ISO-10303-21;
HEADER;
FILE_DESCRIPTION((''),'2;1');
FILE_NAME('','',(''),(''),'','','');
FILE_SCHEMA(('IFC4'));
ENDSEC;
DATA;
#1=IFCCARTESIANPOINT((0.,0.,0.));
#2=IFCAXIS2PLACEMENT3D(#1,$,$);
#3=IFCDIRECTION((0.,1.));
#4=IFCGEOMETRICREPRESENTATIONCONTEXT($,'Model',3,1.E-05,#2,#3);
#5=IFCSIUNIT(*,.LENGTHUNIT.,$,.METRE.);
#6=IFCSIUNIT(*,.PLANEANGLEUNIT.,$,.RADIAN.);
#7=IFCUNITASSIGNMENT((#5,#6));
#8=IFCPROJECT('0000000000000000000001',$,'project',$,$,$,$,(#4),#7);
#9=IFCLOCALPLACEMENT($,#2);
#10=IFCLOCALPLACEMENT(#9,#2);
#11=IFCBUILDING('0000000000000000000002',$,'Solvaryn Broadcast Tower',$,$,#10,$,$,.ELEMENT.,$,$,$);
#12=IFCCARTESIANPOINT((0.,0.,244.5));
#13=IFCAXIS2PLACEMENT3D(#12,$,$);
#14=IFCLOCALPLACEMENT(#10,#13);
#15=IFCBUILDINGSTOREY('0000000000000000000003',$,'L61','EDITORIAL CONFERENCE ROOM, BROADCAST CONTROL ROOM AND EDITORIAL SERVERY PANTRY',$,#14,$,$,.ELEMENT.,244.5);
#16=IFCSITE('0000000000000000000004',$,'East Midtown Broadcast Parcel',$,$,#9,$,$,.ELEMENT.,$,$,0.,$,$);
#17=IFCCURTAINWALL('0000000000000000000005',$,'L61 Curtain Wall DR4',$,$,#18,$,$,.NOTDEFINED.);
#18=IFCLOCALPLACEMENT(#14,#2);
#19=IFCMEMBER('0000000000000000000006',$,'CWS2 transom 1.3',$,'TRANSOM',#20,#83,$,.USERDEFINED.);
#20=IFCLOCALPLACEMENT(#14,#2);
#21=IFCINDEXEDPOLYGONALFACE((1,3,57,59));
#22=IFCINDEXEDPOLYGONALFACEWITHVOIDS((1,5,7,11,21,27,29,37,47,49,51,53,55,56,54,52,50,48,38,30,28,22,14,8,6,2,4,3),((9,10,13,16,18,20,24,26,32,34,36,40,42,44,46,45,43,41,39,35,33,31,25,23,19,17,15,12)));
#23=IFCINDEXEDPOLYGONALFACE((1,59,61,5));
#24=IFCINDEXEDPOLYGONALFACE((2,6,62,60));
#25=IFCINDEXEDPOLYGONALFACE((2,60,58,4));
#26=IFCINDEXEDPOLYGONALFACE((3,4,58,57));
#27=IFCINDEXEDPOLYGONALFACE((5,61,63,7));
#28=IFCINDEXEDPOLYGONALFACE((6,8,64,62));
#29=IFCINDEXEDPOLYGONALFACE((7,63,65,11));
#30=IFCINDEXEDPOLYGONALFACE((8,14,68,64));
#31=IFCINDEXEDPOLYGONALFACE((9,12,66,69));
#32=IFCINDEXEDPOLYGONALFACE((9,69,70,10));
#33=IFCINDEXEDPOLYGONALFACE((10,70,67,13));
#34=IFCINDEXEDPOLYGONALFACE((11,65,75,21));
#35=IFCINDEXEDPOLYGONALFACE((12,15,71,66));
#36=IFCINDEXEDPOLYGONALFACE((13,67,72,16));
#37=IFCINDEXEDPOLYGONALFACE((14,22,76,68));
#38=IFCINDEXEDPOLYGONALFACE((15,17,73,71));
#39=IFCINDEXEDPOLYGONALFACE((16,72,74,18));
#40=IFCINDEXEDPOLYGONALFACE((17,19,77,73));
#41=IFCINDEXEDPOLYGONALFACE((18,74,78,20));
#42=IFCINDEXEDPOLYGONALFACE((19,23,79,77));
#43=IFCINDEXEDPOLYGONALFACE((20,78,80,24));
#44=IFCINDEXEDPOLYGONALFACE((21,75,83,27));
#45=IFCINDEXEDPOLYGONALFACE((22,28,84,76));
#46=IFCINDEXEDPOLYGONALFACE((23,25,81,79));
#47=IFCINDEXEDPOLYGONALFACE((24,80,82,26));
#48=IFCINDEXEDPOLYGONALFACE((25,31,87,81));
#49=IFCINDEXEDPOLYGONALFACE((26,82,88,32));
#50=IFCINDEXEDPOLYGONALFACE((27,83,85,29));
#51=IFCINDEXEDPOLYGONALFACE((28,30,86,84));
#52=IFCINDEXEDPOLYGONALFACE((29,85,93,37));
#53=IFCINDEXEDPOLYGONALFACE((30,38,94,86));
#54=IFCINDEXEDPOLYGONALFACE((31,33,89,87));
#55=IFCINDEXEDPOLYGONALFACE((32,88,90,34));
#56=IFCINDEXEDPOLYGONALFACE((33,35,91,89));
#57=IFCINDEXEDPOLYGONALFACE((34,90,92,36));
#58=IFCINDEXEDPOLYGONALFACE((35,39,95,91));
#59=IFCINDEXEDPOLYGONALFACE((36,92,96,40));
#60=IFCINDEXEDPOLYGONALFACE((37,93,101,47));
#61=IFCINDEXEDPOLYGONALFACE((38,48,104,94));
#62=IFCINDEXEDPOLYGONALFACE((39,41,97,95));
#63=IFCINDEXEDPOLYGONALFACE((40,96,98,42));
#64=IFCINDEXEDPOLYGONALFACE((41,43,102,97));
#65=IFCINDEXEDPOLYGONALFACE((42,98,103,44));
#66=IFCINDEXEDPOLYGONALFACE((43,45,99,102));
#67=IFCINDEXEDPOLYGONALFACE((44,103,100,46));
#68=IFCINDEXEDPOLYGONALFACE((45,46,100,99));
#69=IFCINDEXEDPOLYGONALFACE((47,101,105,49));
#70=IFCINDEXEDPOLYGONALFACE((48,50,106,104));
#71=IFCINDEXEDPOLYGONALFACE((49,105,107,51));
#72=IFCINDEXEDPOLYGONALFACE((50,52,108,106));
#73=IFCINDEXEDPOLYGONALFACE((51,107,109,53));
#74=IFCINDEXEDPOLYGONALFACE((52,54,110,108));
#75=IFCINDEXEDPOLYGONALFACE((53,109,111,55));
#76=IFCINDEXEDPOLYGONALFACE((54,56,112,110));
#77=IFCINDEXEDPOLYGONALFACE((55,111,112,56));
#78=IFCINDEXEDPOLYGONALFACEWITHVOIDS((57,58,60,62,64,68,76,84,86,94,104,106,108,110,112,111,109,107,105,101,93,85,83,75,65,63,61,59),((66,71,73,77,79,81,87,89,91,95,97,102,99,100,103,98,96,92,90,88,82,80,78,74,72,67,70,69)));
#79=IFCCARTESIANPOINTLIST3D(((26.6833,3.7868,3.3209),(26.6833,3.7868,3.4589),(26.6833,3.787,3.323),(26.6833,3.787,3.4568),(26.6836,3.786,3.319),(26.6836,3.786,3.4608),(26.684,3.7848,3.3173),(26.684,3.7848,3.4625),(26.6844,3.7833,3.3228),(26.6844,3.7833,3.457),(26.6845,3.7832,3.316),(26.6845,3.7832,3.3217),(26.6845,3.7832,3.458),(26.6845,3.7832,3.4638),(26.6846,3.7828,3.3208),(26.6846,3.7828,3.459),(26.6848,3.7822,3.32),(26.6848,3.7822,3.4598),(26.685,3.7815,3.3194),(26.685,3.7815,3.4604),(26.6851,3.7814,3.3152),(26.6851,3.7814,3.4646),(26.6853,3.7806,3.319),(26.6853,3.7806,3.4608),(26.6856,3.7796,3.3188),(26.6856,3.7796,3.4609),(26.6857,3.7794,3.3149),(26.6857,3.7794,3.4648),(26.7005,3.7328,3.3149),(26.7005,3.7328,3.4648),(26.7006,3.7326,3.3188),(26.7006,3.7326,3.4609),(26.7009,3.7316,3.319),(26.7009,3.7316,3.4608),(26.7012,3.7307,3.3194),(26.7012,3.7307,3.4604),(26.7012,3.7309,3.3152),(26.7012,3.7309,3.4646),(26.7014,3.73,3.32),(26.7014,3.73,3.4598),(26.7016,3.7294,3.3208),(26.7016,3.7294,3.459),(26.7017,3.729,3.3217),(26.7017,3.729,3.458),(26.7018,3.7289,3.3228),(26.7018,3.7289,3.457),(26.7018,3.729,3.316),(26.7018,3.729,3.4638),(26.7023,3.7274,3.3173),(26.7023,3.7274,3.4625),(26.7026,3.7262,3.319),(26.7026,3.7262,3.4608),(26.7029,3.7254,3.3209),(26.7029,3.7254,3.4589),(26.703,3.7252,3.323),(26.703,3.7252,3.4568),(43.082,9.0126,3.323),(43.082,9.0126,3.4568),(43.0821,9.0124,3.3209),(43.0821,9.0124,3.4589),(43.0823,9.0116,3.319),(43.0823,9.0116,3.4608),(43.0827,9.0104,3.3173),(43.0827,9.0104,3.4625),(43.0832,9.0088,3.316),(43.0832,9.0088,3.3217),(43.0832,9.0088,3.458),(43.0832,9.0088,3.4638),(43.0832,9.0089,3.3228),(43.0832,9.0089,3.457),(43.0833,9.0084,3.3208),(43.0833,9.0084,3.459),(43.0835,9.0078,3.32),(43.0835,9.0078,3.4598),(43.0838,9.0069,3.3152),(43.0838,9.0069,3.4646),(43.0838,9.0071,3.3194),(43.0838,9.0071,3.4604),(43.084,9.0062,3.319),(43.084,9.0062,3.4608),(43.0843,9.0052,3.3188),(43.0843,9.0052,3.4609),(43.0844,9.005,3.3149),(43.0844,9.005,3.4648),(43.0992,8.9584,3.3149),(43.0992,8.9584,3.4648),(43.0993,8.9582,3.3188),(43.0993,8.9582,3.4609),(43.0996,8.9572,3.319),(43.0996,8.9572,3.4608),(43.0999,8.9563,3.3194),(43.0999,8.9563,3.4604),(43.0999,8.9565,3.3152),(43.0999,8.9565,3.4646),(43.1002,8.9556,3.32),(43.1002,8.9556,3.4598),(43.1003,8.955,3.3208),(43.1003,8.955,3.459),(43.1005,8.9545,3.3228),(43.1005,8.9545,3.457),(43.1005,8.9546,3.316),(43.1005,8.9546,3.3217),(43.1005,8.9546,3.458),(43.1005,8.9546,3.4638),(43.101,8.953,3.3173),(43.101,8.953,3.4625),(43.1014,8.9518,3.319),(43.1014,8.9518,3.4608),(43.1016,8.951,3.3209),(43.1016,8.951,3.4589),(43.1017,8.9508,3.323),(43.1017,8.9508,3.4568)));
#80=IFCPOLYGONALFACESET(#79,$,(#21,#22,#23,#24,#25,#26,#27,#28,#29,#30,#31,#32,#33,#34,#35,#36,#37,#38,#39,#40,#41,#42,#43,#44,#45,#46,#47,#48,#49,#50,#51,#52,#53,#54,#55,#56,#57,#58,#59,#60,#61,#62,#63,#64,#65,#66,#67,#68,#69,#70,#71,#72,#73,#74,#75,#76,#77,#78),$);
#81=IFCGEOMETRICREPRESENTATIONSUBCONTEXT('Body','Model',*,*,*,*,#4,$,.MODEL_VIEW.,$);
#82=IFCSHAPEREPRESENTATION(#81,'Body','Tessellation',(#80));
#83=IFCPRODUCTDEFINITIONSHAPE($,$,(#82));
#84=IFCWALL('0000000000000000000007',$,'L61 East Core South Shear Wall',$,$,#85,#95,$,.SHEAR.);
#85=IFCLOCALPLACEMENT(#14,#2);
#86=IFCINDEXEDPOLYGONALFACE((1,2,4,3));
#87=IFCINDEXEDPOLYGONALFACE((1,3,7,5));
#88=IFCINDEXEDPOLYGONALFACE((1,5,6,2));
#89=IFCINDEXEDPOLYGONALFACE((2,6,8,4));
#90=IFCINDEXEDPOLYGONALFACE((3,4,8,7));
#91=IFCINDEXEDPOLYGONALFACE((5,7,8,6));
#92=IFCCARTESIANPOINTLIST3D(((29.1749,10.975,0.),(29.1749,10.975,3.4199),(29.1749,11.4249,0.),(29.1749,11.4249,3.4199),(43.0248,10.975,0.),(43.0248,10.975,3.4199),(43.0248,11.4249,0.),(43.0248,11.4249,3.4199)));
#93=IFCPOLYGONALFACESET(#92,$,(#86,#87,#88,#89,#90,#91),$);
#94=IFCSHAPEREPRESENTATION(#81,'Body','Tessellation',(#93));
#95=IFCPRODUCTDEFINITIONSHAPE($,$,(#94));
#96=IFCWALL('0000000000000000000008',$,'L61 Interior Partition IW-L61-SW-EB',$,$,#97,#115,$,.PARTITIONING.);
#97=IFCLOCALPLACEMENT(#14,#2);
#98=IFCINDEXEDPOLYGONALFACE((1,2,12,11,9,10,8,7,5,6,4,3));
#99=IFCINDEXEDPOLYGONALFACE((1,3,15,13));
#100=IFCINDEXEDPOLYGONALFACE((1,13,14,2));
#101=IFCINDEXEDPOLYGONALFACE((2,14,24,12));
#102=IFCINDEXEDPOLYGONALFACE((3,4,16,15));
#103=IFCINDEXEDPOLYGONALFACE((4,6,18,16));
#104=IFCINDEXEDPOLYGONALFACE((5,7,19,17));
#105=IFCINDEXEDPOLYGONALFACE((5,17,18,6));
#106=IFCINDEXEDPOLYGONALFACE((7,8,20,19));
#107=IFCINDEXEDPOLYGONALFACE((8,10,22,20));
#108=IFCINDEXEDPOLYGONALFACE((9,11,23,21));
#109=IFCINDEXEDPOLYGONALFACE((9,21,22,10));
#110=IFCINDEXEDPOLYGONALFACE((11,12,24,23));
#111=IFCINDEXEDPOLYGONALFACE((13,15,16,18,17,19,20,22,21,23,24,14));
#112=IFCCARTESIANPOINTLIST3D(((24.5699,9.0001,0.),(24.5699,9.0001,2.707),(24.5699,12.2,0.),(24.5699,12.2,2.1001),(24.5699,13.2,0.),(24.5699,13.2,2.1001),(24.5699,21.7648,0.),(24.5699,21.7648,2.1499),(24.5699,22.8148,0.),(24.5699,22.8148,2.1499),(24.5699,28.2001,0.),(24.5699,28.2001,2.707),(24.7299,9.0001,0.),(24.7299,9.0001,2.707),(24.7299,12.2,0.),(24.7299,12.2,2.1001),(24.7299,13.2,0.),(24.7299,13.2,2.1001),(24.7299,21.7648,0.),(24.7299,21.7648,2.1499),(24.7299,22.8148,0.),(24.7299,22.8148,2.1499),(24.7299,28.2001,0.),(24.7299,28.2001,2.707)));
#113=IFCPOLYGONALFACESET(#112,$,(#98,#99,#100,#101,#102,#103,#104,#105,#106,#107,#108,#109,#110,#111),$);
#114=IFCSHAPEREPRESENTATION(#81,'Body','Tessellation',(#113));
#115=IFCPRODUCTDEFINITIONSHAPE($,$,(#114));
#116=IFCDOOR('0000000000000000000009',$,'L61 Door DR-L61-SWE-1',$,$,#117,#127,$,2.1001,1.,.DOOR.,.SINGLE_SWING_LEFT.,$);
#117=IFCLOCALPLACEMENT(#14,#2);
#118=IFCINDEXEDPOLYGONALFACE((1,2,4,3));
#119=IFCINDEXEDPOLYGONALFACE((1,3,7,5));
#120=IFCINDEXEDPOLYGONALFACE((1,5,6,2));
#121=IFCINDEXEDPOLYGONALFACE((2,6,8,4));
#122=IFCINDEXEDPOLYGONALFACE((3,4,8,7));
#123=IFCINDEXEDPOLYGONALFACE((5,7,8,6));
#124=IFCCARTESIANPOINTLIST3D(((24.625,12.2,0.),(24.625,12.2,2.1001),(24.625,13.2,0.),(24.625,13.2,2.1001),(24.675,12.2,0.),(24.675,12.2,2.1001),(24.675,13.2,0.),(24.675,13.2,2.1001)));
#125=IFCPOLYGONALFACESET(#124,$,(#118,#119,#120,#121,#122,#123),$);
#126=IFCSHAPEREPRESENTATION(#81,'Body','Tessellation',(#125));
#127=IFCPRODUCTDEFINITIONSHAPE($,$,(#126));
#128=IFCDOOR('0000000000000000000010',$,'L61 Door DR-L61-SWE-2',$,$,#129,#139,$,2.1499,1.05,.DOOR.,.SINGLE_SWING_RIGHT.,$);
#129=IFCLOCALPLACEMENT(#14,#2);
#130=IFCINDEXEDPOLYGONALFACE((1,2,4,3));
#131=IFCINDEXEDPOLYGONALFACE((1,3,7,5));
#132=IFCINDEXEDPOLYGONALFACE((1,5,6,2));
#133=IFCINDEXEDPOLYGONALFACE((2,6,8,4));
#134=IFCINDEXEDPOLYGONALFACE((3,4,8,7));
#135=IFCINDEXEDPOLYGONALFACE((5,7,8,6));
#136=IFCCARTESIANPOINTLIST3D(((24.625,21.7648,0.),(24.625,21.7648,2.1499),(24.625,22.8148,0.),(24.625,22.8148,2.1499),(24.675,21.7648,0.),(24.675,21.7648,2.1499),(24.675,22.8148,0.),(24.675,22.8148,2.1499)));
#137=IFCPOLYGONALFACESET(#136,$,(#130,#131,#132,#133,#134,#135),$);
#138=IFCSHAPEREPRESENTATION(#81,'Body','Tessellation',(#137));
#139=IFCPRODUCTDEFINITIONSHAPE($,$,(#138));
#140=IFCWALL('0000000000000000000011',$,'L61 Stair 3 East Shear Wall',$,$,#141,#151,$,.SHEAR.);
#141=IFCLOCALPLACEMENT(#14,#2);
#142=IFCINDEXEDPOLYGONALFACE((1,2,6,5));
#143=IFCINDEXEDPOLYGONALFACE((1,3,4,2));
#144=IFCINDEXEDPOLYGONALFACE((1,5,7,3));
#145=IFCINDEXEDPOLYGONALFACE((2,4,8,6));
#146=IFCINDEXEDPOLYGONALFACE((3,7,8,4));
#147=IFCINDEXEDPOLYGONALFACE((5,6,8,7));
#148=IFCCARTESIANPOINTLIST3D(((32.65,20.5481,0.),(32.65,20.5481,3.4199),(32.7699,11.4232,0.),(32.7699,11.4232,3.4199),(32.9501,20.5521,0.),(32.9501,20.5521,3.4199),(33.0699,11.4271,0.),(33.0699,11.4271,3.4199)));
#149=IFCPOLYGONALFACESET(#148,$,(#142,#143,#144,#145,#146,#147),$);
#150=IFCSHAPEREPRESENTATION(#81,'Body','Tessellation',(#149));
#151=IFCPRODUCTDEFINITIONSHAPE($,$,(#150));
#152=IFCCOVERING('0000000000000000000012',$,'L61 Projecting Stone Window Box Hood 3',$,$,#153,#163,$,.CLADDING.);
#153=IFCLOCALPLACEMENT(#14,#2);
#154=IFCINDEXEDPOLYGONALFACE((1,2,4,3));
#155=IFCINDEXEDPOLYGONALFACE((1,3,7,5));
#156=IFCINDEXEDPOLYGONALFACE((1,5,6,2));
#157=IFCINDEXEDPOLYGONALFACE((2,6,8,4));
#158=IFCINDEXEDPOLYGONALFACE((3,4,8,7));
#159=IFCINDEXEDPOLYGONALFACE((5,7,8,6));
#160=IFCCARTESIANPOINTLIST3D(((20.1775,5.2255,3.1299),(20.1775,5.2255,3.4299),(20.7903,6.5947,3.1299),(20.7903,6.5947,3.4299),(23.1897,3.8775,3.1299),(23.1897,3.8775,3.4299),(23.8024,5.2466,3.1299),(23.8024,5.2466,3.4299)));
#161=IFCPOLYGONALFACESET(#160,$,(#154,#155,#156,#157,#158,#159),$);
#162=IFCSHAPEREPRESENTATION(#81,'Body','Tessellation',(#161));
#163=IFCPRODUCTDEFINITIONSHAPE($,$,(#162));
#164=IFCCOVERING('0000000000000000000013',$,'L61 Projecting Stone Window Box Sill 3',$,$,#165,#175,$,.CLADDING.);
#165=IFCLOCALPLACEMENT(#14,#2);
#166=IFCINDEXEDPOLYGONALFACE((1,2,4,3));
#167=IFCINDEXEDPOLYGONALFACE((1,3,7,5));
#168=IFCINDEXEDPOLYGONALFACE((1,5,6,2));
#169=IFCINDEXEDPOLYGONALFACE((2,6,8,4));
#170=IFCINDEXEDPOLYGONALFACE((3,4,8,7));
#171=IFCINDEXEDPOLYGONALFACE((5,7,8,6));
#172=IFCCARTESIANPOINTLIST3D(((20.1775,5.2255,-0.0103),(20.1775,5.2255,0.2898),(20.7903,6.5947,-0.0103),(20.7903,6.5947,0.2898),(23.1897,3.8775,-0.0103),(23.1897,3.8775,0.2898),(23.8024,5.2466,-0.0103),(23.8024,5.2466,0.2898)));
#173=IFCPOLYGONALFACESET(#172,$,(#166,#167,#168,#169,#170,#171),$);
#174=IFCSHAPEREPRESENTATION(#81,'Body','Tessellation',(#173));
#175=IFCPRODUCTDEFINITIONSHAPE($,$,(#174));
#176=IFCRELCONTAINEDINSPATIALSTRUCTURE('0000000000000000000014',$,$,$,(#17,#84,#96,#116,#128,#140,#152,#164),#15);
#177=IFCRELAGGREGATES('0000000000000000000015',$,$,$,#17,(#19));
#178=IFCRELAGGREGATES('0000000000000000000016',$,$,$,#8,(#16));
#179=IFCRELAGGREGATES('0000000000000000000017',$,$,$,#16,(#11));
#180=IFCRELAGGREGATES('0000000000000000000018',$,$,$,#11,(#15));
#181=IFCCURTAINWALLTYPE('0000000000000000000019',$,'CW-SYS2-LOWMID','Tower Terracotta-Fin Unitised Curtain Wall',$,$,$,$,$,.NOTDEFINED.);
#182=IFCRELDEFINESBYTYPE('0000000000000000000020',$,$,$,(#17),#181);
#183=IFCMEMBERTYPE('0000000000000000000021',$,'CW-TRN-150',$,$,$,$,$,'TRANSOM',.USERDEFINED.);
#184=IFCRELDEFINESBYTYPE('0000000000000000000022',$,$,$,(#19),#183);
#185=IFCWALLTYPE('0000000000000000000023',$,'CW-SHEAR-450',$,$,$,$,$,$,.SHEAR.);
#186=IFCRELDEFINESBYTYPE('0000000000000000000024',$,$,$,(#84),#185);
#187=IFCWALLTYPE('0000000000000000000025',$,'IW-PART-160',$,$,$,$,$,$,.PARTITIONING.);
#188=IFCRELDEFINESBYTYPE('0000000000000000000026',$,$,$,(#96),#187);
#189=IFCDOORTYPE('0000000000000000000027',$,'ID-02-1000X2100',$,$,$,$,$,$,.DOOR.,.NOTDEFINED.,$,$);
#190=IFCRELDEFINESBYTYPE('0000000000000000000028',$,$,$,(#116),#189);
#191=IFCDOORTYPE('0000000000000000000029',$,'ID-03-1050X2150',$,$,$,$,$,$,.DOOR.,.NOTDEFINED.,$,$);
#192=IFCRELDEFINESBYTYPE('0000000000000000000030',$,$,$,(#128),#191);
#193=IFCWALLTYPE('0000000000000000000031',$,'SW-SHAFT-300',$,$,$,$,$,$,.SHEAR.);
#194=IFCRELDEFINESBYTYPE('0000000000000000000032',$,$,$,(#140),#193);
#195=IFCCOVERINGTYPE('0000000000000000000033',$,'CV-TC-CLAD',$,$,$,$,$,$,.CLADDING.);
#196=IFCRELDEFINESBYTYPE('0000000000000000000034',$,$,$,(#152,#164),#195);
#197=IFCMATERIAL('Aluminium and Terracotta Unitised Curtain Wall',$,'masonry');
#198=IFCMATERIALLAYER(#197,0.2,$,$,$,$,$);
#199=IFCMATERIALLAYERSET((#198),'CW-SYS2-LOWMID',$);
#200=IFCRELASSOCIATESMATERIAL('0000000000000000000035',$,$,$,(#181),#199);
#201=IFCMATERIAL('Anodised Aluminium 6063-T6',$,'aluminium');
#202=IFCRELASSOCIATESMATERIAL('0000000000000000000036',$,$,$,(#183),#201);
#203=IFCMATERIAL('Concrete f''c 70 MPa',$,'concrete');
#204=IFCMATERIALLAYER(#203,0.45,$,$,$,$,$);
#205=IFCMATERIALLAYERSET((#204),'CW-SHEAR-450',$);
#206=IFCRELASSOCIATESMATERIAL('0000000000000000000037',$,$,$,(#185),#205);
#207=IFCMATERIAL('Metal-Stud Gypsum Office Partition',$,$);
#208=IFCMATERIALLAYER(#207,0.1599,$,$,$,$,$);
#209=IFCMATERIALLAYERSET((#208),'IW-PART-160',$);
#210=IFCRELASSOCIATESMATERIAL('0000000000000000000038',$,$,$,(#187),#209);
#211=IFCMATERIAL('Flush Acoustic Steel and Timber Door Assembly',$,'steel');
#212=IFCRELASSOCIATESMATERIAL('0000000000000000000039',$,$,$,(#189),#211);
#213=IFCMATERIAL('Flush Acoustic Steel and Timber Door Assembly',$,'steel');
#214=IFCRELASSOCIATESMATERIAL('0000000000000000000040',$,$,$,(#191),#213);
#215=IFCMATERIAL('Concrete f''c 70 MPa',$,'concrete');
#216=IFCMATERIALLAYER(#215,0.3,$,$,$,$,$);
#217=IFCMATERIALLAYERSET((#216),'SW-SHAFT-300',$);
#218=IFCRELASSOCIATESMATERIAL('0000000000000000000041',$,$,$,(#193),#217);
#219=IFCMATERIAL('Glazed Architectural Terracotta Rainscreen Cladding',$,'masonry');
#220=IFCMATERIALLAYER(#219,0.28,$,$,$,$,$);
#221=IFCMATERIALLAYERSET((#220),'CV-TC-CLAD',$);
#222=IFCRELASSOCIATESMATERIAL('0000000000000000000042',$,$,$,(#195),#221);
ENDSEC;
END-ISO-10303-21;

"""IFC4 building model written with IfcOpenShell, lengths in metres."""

from ifc_helpers import new_model, si_unit, direction, frame, frame_2d, origin, origin_2d, place, context, subcontext, project, spatial, rectangle, hollow_rectangle, extrude, material, layer, layer_set, material_profile, profile_set, type_object, element, fill, aggregate, save


model = new_model("IFC4")

# Units and contexts
model_context = context("Model", 3, precision=1e-05, world=origin(), true_north=direction((0.0, 1.0)))
body_context = subcontext(model_context, "Body", "Model", "MODEL_VIEW")
ifc_project = project(units=[si_unit("LENGTHUNIT", "METRE"), si_unit("PLANEANGLEUNIT", "RADIAN")], contexts=[model_context])

# Site, building, storey
site_placement = place(None, origin())
site = spatial("IfcSite", under=ifc_project, at=site_placement, Name="East Midtown Broadcast Parcel", CompositionType="ELEMENT", RefElevation=0.0)
building_placement = place(site_placement, origin())
building = spatial("IfcBuilding", under=site, at=building_placement, Name="Solvaryn Broadcast Tower", CompositionType="ELEMENT")
storey_placement = place(building_placement, frame((0.0, 0.0, 244.5)))
storey = spatial("IfcBuildingStorey", under=building, at=storey_placement, Name="L61", Description="EDITORIAL CONFERENCE ROOM, BROADCAST CONTROL ROOM AND EDITORIAL SERVERY PANTRY", CompositionType="ELEMENT", Elevation=244.5)

# Shared definitions
ifc_material_1 = material(Name="Aluminium and Terracotta Unitised Curtain Wall", Category="masonry")
ifc_layer_1 = layer(ifc_material_1, 0.2)
ifc_layer_set_1 = layer_set([ifc_layer_1], Name="CW-SYS2-LOWMID")
curtain_wall_type = type_object("IfcCurtainWallType", Name="CW-SYS2-LOWMID", Description="Tower Terracotta-Fin Unitised Curtain Wall", PredefinedType="NOTDEFINED", material=ifc_layer_set_1)

# Curtain wall, member
curtain_wall_1_placement = place(storey_placement, origin())
curtain_wall_1 = element("IfcCurtainWall", 1, at=curtain_wall_1_placement, inside=storey, type_object=curtain_wall_type, Name="L61 Curtain Wall DR4", PredefinedType="NOTDEFINED")
ifc_material_2 = material(Name="Anodised Aluminium 6063-T6", Category="aluminium")
ifc_material_profile_1 = material_profile(ifc_material_2, hollow_rectangle(XDim=0.0649, YDim=0.1499, WallThickness=0.0039, InnerFilletRadius=0.0039, OuterFilletRadius=0.0081, at=origin_2d()))
ifc_profile_set_1 = profile_set([ifc_material_profile_1], Name="Anodised Aluminium 6063-T6")
member_type_1 = type_object("IfcMemberType", Name="CW-TRN-150", ElementType="TRANSOM", PredefinedType="USERDEFINED", material=ifc_profile_set_1)
member_1_placement = place(storey_placement, frame((26.6931, 3.7561, 3.3899), z_axis=(0.952794, 0.303616, 0.0), x_axis=(-0.303616, 0.952794, 0.0)))
member_1 = element("IfcMember", 2, at=member_1_placement, type_object=member_type_1, Name="CWS2 transom 1.3", ObjectType="TRANSOM", PredefinedType="USERDEFINED", context=body_context, shape_type="SweptSolid", body=[
    extrude(hollow_rectangle(XDim=0.0649, YDim=0.1499, WallThickness=0.0039, InnerFilletRadius=0.0039, OuterFilletRadius=0.0081, at=origin_2d()), origin(), (0.0, 0.0, 1.0), 17.2112),
])
aggregate(curtain_wall_1, [member_1])

# Wall
ifc_material_3 = material(Name="Concrete f'c 70 MPa", Category="concrete")
ifc_layer_2 = layer(ifc_material_3, 0.45)
ifc_layer_set_2 = layer_set([ifc_layer_2], Name="CW-SHEAR-450")
wall_type_1 = type_object("IfcWallType", Name="CW-SHEAR-450", PredefinedType="SHEAR", material=ifc_layer_set_2)
wall_1_placement = place(storey_placement, frame((29.175, 11.2, 0.0), z_axis=(0.0, 0.0, 1.0), x_axis=(1.0, 0.0, 0.0)))
element("IfcWall", 3, at=wall_1_placement, inside=storey, type_object=wall_type_1, Name="L61 East Core South Shear Wall", PredefinedType="SHEAR", context=body_context, shape_type="SweptSolid", body=[
    extrude(rectangle(XDim=13.8499, YDim=0.45, at=frame_2d((6.9248, 0.0))), origin(), (0.0, 0.0, 1.0), 3.4199),
])

# Wall, openings, doors
ifc_material_4 = material(Name="Metal-Stud Gypsum Office Partition")
ifc_layer_3 = layer(ifc_material_4, 0.1599)
ifc_layer_set_3 = layer_set([ifc_layer_3], Name="IW-PART-160")
wall_type_2 = type_object("IfcWallType", Name="IW-PART-160", PredefinedType="PARTITIONING", material=ifc_layer_set_3)
wall_2_placement = place(storey_placement, frame((24.6499, 9.0, 0.0), z_axis=(0.0, 0.0, 1.0), x_axis=(0.0, 1.0, 0.0)))
wall_2 = element("IfcWall", 4, at=wall_2_placement, inside=storey, type_object=wall_type_2, Name="L61 Interior Partition IW-L61-SW-EB", PredefinedType="PARTITIONING", context=body_context, shape_type="SweptSolid", body=[
    extrude(rectangle(XDim=19.2, YDim=0.1599, at=frame_2d((9.6001, 0.0))), origin(), (0.0, 0.0, 1.0), 2.707),
])
opening_1_placement = place(wall_2_placement, frame((3.2, 0.0, 0.0)))
opening_1 = element("IfcOpeningElement", 5, at=opening_1_placement, cuts=wall_2, PredefinedType="OPENING", context=body_context, shape_type="SweptSolid", body=[
    extrude(rectangle(XDim=1.0, YDim=2.1001, at=frame_2d((0.5, 1.05))), frame((0.0, 0.0901, 0.0), z_axis=(0.0, -1.0, 0.0), x_axis=(1.0, 0.0, 0.0)), (0.0, 0.0, 1.0), 0.1799),
])
opening_2_placement = place(wall_2_placement, frame((12.7649, 0.0, 0.0)))
opening_2 = element("IfcOpeningElement", 6, at=opening_2_placement, cuts=wall_2, PredefinedType="OPENING", context=body_context, shape_type="SweptSolid", body=[
    extrude(rectangle(XDim=1.05, YDim=2.1499, at=frame_2d((0.5249, 1.075))), frame((0.0, 0.0901, 0.0), z_axis=(0.0, -1.0, 0.0), x_axis=(1.0, 0.0, 0.0)), (0.0, 0.0, 1.0), 0.1799),
])
ifc_material_5 = material(Name="Flush Acoustic Steel and Timber Door Assembly", Category="steel")
door_type_1 = type_object("IfcDoorType", Name="ID-02-1000X2100", OperationType="NOTDEFINED", PredefinedType="DOOR", material=ifc_material_5)
door_1_placement = place(opening_1_placement, origin())
door_1 = element("IfcDoor", 7, at=door_1_placement, inside=storey, type_object=door_type_1, Name="L61 Door DR-L61-SWE-1", OperationType="SINGLE_SWING_LEFT", OverallHeight=2.1001, OverallWidth=1.0, PredefinedType="DOOR", context=body_context, shape_type="SweptSolid", body=[
    extrude(rectangle(XDim=1.0, YDim=2.1001, at=frame_2d((0.5, 1.05))), frame((0.0, 0.0249, 0.0), z_axis=(0.0, -1.0, 0.0), x_axis=(1.0, 0.0, 0.0)), (0.0, 0.0, 1.0), 0.05),
])
fill(opening_1, door_1)
ifc_material_6 = material(Name="Flush Acoustic Steel and Timber Door Assembly", Category="steel")
door_type_2 = type_object("IfcDoorType", Name="ID-03-1050X2150", OperationType="NOTDEFINED", PredefinedType="DOOR", material=ifc_material_6)
door_2_placement = place(opening_2_placement, origin())
door_2 = element("IfcDoor", 8, at=door_2_placement, inside=storey, type_object=door_type_2, Name="L61 Door DR-L61-SWE-2", OperationType="SINGLE_SWING_RIGHT", OverallHeight=2.1499, OverallWidth=1.05, PredefinedType="DOOR", context=body_context, shape_type="SweptSolid", body=[
    extrude(rectangle(XDim=1.05, YDim=2.1499, at=frame_2d((0.5249, 1.075))), frame((0.0, 0.0249, 0.0), z_axis=(0.0, -1.0, 0.0), x_axis=(1.0, 0.0, 0.0)), (0.0, 0.0, 1.0), 0.05),
])
fill(opening_2, door_2)

# Wall
ifc_material_7 = material(Name="Concrete f'c 70 MPa", Category="concrete")
ifc_layer_4 = layer(ifc_material_7, 0.3)
ifc_layer_set_4 = layer_set([ifc_layer_4], Name="SW-SHAFT-300")
wall_type_3 = type_object("IfcWallType", Name="SW-SHAFT-300", PredefinedType="SHEAR", material=ifc_layer_set_4)
wall_3_placement = place(storey_placement, frame((32.9199, 11.425, 0.0), z_axis=(0.0, 0.0, 1.0), x_axis=(-0.013136, 0.999914, 0.0)))
element("IfcWall", 9, at=wall_3_placement, inside=storey, type_object=wall_type_3, Name="L61 Stair 3 East Shear Wall", PredefinedType="SHEAR", context=body_context, shape_type="SweptSolid", body=[
    extrude(rectangle(XDim=9.1257, YDim=0.3, at=frame_2d((4.563, 0.0))), origin(), (0.0, 0.0, 1.0), 3.4199),
])

# Coverings
ifc_material_8 = material(Name="Glazed Architectural Terracotta Rainscreen Cladding", Category="masonry")
ifc_layer_5 = layer(ifc_material_8, 0.28)
ifc_layer_set_5 = layer_set([ifc_layer_5], Name="CV-TC-CLAD")
covering_type_1 = type_object("IfcCoveringType", Name="CV-TC-CLAD", PredefinedType="CLADDING", material=ifc_layer_set_5)
for number, where, z_axis, x_axis, name in (
    (10, (21.99, 5.2361, 3.1299), (0.0, 0.0, 1.0), (0.912763, -0.40849, 0.0), "L61 Projecting Stone Window Box Hood 3"),
    (11, (21.99, 5.2361, -0.0103), (0.0, 0.0, 1.0), (0.912763, -0.40849, 0.0), "L61 Projecting Stone Window Box Sill 3"),
):
    element("IfcCovering", number, at=place(storey_placement, frame(where, z_axis=z_axis, x_axis=x_axis)), inside=storey, type_object=covering_type_1, Name=name, PredefinedType="CLADDING", context=body_context, shape_type="SweptSolid", body=[
        extrude(rectangle(XDim=3.3, YDim=1.5, at=origin_2d()), origin(), (0.0, 0.0, 1.0), 0.3),
    ])

save(model, "model.ifc")
